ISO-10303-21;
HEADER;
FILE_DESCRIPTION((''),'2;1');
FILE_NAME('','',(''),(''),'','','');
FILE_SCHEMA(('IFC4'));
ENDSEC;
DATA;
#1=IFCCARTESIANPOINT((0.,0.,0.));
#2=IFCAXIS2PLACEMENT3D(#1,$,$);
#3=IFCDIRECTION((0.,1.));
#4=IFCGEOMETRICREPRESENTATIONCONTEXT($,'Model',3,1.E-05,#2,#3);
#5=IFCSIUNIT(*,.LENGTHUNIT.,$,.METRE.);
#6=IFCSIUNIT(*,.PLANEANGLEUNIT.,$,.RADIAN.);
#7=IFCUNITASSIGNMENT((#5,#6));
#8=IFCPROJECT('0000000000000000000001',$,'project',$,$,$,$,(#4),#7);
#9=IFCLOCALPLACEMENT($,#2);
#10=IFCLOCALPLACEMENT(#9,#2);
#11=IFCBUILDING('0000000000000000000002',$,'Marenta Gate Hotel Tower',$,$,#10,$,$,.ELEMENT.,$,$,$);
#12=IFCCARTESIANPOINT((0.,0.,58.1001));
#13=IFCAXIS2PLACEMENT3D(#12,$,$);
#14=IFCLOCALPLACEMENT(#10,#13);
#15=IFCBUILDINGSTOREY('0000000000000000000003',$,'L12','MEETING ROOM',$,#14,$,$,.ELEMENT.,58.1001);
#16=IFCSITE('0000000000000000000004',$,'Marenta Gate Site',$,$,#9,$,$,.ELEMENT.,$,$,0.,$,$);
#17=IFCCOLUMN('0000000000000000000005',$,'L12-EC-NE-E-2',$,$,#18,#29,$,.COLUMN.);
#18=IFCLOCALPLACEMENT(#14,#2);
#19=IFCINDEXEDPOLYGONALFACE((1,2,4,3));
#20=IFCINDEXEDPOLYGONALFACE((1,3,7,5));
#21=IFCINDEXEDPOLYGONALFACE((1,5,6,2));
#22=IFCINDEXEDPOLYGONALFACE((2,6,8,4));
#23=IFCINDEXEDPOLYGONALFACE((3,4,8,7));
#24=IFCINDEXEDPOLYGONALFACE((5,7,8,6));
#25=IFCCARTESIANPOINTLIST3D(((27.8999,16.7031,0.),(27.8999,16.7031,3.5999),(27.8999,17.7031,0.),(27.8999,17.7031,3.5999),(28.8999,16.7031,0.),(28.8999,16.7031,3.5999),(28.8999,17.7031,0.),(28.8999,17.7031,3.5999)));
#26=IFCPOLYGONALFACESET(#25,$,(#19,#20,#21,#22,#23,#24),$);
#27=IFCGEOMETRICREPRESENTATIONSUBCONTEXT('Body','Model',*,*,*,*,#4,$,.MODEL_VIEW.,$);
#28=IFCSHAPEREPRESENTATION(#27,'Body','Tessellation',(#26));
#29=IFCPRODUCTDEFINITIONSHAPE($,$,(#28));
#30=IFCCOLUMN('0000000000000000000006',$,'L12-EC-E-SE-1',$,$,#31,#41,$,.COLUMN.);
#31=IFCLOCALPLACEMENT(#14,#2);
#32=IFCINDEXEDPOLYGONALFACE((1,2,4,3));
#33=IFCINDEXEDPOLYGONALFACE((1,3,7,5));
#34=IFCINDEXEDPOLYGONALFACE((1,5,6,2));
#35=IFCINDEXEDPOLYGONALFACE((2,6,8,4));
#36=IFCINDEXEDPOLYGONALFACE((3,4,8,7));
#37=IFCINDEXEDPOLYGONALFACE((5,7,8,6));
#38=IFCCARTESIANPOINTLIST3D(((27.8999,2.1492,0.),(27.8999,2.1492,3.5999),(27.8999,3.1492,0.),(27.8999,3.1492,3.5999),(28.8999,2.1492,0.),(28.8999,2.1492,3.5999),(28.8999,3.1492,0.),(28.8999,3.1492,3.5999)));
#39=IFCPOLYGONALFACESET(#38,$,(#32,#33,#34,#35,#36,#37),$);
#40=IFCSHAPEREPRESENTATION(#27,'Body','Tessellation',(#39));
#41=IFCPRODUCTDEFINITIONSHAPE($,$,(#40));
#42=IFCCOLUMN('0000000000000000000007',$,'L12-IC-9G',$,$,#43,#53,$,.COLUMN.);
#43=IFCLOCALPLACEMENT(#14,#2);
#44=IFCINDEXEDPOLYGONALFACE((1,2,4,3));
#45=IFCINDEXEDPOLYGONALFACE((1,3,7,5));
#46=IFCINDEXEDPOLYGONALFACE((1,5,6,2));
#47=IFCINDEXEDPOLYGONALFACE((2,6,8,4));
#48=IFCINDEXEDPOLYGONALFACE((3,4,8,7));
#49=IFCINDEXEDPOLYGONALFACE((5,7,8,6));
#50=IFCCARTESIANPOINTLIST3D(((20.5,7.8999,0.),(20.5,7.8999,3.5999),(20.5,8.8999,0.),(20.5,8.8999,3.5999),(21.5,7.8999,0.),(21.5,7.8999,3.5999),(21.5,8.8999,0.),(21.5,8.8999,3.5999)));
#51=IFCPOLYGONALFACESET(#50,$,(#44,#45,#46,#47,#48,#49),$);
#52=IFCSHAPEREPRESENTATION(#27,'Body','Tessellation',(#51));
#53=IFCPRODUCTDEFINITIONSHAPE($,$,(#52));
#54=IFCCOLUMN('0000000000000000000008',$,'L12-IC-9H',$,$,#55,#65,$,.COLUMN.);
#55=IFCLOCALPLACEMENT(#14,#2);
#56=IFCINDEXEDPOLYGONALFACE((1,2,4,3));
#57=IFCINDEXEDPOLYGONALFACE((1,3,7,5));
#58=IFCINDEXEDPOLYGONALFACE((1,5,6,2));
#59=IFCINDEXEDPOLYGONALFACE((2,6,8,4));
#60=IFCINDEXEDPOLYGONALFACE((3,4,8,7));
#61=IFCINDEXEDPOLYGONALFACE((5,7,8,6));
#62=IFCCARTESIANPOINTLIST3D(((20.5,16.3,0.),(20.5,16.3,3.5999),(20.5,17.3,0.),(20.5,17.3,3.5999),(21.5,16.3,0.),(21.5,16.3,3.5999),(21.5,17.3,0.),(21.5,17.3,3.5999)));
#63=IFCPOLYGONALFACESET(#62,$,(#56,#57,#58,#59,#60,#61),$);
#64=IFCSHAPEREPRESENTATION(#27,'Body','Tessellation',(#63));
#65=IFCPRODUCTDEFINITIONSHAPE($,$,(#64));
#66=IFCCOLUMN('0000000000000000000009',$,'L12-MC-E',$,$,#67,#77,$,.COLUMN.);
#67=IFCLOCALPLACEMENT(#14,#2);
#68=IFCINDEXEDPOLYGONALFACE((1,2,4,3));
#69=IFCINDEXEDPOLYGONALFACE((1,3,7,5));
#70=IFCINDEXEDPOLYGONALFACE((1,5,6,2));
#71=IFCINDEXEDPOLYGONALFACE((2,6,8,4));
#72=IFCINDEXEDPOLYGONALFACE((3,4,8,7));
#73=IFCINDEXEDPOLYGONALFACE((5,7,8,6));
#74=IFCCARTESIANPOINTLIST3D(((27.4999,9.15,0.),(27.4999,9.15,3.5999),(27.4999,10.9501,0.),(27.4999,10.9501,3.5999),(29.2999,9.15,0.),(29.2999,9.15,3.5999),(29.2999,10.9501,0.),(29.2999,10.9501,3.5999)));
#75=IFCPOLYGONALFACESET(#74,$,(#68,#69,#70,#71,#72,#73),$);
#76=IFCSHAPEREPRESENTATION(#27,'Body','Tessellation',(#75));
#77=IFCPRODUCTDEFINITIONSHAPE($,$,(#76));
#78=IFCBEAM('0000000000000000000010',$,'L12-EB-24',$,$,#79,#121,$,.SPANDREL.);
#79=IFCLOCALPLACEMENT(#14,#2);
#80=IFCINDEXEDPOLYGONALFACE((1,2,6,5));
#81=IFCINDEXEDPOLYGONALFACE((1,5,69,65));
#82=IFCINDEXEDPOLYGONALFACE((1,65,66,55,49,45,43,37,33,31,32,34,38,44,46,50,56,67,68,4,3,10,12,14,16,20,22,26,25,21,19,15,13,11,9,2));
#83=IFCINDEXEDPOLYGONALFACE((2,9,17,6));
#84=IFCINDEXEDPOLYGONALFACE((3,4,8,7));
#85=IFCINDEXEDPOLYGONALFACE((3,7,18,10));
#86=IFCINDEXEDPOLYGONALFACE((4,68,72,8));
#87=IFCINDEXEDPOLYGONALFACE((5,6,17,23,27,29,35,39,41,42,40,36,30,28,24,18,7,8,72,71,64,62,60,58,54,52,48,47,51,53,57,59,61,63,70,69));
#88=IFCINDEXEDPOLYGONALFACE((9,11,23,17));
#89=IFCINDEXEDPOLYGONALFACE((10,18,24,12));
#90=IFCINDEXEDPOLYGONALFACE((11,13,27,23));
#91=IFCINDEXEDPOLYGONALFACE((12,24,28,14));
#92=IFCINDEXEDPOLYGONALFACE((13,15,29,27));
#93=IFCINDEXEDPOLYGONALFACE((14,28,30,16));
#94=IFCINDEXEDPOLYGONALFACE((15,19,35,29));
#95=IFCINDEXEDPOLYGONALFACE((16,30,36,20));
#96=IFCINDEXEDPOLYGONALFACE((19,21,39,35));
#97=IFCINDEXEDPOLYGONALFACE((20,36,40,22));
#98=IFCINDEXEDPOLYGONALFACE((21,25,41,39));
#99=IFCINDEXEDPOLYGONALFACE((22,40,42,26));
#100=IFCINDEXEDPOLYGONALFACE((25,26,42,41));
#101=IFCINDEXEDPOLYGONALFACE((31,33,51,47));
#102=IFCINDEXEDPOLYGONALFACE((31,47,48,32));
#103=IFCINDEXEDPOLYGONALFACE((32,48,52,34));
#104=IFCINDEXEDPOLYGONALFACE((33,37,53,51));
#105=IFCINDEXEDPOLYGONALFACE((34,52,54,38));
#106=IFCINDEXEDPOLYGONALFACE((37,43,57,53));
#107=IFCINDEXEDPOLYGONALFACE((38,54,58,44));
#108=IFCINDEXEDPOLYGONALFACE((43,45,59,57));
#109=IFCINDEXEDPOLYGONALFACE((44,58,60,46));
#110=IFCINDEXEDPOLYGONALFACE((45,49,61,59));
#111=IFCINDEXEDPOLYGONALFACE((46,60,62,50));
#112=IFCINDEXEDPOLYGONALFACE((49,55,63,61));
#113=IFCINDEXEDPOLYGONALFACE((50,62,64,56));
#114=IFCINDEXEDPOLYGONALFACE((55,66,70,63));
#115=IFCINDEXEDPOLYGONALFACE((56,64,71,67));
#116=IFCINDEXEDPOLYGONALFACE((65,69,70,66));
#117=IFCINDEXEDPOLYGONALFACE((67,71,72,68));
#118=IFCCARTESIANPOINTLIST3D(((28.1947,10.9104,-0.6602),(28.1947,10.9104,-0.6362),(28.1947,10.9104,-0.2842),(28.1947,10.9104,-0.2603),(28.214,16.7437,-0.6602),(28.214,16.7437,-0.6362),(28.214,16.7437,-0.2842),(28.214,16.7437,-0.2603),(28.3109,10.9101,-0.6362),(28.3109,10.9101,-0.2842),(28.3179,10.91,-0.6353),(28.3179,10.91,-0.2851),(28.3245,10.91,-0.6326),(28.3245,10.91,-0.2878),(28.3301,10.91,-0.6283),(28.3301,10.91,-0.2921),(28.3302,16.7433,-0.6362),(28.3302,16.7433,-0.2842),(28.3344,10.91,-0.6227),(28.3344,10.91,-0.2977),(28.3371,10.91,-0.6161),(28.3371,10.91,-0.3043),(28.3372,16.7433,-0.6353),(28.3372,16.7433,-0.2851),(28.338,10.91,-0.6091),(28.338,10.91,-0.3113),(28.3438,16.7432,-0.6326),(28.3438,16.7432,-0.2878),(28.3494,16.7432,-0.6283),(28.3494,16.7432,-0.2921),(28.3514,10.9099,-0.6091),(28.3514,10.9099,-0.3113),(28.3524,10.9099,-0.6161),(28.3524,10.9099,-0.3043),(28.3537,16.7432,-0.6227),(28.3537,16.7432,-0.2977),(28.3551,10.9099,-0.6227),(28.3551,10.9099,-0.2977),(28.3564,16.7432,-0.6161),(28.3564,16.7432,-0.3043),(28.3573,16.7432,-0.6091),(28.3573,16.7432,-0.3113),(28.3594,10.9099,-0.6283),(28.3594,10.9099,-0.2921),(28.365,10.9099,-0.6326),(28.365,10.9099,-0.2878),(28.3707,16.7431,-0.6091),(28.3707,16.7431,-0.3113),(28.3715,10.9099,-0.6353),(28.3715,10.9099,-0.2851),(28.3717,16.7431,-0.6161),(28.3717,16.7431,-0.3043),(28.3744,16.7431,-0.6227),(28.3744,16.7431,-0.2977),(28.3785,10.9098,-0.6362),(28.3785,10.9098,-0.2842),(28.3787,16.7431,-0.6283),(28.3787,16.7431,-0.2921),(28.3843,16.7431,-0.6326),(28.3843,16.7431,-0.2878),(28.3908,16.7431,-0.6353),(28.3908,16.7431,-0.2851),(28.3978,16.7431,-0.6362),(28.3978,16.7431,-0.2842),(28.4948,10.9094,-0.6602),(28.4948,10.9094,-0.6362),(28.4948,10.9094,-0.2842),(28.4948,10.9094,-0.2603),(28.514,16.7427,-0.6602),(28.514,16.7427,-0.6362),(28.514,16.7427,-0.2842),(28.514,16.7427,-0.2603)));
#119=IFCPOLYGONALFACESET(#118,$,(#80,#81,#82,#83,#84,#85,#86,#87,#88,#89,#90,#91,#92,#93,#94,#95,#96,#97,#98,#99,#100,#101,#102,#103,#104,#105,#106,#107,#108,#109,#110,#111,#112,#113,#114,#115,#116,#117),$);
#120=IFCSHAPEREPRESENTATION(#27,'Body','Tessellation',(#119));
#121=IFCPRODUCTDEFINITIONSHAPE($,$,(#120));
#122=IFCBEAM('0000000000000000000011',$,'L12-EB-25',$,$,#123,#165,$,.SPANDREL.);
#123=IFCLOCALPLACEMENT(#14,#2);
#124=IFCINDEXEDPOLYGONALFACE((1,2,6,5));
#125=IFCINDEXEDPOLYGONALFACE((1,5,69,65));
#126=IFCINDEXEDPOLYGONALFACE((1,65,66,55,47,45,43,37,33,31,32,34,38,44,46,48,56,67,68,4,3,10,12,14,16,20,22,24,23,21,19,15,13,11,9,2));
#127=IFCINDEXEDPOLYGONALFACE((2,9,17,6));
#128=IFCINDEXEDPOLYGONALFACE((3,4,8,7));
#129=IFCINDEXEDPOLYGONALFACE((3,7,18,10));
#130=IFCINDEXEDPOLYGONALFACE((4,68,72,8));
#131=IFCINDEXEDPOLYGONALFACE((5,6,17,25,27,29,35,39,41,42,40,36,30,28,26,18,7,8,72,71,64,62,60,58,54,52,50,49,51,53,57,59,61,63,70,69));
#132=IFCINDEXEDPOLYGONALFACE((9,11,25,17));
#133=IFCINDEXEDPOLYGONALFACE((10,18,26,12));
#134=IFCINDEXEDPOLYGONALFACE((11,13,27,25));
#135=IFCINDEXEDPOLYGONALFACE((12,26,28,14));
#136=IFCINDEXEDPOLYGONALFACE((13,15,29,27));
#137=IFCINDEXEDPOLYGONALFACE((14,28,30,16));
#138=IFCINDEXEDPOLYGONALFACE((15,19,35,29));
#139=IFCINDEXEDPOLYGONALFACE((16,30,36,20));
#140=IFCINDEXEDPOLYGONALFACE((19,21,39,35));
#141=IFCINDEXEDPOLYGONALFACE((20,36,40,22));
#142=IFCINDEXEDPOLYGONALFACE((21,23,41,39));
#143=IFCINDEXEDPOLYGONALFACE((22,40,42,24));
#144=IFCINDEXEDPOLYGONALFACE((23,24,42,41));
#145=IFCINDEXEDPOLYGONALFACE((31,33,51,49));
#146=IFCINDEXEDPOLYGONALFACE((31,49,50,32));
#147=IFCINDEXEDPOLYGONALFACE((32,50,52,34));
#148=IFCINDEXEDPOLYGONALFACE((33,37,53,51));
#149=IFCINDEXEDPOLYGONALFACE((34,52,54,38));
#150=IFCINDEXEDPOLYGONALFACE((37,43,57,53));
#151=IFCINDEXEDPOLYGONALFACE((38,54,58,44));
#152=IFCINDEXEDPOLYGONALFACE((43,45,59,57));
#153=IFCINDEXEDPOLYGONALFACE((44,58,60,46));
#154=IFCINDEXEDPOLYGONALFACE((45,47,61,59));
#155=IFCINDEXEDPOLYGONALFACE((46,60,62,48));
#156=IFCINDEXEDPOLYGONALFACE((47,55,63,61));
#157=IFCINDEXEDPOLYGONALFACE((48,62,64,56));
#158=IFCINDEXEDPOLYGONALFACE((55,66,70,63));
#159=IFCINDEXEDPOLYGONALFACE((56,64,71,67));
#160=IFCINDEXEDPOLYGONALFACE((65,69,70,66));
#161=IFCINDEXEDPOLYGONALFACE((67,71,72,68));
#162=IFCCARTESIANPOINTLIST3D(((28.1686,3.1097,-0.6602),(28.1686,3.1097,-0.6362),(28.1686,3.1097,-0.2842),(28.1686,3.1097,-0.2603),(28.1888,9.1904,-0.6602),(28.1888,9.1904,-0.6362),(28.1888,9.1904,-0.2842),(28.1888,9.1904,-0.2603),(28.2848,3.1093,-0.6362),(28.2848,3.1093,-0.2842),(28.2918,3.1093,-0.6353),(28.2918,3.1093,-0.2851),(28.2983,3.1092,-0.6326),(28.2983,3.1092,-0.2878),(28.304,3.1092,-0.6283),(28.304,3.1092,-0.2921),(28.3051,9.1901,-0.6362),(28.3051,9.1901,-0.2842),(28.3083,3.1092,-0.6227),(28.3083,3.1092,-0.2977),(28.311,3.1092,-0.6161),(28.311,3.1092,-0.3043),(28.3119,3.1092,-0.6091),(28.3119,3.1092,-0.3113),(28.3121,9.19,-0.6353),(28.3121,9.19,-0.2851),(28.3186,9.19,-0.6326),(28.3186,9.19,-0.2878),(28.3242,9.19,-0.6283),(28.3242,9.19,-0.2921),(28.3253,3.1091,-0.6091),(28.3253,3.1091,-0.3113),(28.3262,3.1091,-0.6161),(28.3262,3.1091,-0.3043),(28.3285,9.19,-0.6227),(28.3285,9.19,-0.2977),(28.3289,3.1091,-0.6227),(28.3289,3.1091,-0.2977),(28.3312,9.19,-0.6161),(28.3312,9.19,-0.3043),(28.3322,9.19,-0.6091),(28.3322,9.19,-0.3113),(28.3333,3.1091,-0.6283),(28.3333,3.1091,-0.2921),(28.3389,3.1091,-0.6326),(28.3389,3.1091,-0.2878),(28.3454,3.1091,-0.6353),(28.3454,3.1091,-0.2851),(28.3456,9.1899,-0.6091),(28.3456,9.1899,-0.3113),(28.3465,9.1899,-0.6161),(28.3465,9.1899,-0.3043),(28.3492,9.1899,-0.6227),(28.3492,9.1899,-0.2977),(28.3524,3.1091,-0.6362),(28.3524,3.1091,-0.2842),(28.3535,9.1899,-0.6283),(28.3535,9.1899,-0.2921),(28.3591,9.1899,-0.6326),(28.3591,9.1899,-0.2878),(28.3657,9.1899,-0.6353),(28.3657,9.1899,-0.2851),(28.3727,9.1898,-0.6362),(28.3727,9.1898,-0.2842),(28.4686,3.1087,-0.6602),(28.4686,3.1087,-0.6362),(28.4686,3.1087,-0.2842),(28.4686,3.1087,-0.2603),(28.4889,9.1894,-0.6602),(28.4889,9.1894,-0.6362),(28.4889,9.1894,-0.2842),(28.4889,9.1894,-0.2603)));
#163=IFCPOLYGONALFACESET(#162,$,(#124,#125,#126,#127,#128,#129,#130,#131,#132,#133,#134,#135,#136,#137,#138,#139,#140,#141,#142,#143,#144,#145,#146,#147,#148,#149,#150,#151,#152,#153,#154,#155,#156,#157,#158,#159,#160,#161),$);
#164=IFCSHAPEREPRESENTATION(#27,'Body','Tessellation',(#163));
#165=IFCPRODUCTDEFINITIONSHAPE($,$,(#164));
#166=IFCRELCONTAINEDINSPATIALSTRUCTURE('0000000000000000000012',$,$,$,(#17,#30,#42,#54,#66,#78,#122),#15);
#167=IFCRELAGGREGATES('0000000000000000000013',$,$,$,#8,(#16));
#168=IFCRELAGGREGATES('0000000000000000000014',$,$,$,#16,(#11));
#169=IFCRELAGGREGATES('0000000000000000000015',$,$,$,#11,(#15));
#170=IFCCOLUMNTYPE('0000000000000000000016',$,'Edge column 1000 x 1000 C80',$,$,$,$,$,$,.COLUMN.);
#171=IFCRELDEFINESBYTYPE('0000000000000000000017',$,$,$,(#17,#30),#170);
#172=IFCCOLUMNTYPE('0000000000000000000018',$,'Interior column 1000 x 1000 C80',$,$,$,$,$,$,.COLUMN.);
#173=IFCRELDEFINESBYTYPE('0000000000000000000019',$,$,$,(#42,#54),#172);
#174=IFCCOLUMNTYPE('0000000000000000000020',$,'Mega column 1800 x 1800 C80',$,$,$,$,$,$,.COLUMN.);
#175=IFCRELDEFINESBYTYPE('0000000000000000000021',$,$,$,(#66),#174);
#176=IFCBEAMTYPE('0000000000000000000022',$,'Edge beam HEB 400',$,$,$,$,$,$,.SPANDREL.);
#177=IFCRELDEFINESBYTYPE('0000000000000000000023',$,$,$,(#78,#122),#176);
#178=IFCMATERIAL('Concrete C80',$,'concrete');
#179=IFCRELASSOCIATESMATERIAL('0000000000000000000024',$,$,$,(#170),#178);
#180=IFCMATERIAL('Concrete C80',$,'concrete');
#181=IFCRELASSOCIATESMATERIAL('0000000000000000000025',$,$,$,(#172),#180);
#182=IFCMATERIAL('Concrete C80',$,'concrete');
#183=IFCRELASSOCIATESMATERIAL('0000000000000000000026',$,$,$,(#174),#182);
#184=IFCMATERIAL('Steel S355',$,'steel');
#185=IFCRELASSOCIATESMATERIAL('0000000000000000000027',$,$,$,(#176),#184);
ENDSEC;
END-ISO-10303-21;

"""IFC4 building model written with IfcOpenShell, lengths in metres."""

from ifc_helpers import new_model, si_unit, direction, frame, origin, origin_2d, place, context, subcontext, project, spatial, rectangle, i_section, extrude, material, material_profile, profile_set, type_object, element, save


model = new_model("IFC4")

# Units and contexts
model_context = context("Model", 3, precision=1e-05, world=origin(), true_north=direction((0.0, 1.0)))
body_context = subcontext(model_context, "Body", "Model", "MODEL_VIEW")
ifc_project = project(units=[si_unit("LENGTHUNIT", "METRE"), si_unit("PLANEANGLEUNIT", "RADIAN")], contexts=[model_context])

# Site, building, storey
site_placement = place(None, origin())
site = spatial("IfcSite", under=ifc_project, at=site_placement, Name="Marenta Gate Site", CompositionType="ELEMENT", RefElevation=0.0)
building_placement = place(site_placement, origin())
building = spatial("IfcBuilding", under=site, at=building_placement, Name="Marenta Gate Hotel Tower", CompositionType="ELEMENT")
storey_placement = place(building_placement, frame((0.0, 0.0, 58.1001)))
storey = spatial("IfcBuildingStorey", under=building, at=storey_placement, Name="L12", Description="MEETING ROOM", CompositionType="ELEMENT", Elevation=58.1001)

# Columns
ifc_material_1 = material(Name="Concrete C80", Category="concrete")
ifc_material_profile_1 = material_profile(ifc_material_1, rectangle(XDim=1.0, YDim=1.0, at=origin_2d()), Name="1000 x 1000")
ifc_profile_set_1 = profile_set([ifc_material_profile_1], Name="Concrete C80")
column_type_1 = type_object("IfcColumnType", Name="Edge column 1000 x 1000 C80", PredefinedType="COLUMN", material=ifc_profile_set_1)
for number, where, z_axis, x_axis, name in (
    (1, (28.3999, 17.2031, 0.0), (0.0, 0.0, 1.0), (1.0, 0.0, 0.0), "L12-EC-NE-E-2"),
    (2, (28.3999, 2.6492, 0.0), (0.0, 0.0, 1.0), (1.0, 0.0, 0.0), "L12-EC-E-SE-1"),
):
    element("IfcColumn", number, at=place(storey_placement, frame(where, z_axis=z_axis, x_axis=x_axis)), inside=storey, type_object=column_type_1, Name=name, PredefinedType="COLUMN", context=body_context, shape_type="SweptSolid", body=[
        extrude(rectangle(XDim=1.0, YDim=1.0, at=origin_2d()), origin(), (0.0, 0.0, 1.0), 3.5999),
    ])
ifc_material_2 = material(Name="Concrete C80", Category="concrete")
ifc_material_profile_2 = material_profile(ifc_material_2, rectangle(XDim=1.0, YDim=1.0, at=origin_2d()), Name="1000 x 1000")
ifc_profile_set_2 = profile_set([ifc_material_profile_2], Name="Concrete C80")
column_type_2 = type_object("IfcColumnType", Name="Interior column 1000 x 1000 C80", PredefinedType="COLUMN", material=ifc_profile_set_2)
for number, where, z_axis, x_axis, name in (
    (3, (21.0, 8.3999, 0.0), (0.0, 0.0, 1.0), (1.0, 0.0, 0.0), "L12-IC-9G"),
    (4, (21.0, 16.8, 0.0), (0.0, 0.0, 1.0), (1.0, 0.0, 0.0), "L12-IC-9H"),
):
    element("IfcColumn", number, at=place(storey_placement, frame(where, z_axis=z_axis, x_axis=x_axis)), inside=storey, type_object=column_type_2, Name=name, PredefinedType="COLUMN", context=body_context, shape_type="SweptSolid", body=[
        extrude(rectangle(XDim=1.0, YDim=1.0, at=origin_2d()), origin(), (0.0, 0.0, 1.0), 3.5999),
    ])
ifc_material_3 = material(Name="Concrete C80", Category="concrete")
ifc_material_profile_3 = material_profile(ifc_material_3, rectangle(XDim=1.8, YDim=1.8, at=origin_2d()), Name="1800 x 1800")
ifc_profile_set_3 = profile_set([ifc_material_profile_3], Name="Concrete C80")
column_type_3 = type_object("IfcColumnType", Name="Mega column 1800 x 1800 C80", PredefinedType="COLUMN", material=ifc_profile_set_3)
column_placement = place(storey_placement, frame((28.3999, 10.05, 0.0), z_axis=(0.0, 0.0, 1.0), x_axis=(1.0, 0.0, 0.0)))
element("IfcColumn", 5, at=column_placement, inside=storey, type_object=column_type_3, Name="L12-MC-E", PredefinedType="COLUMN", context=body_context, shape_type="SweptSolid", body=[
    extrude(rectangle(XDim=1.8, YDim=1.8, at=origin_2d()), origin(), (0.0, 0.0, 1.0), 3.5999),
])

# Beams
ifc_material_4 = material(Name="Steel S355", Category="steel")
ifc_material_profile_4 = material_profile(ifc_material_4, i_section(OverallWidth=0.3, OverallDepth=0.3999, WebThickness=0.0134, FlangeThickness=0.0239, FilletRadius=0.0271, at=origin_2d()), Name="HEB 400")
ifc_profile_set_4 = profile_set([ifc_material_profile_4], Name="Steel S355")
beam_type_1 = type_object("IfcBeamType", Name="Edge beam HEB 400", PredefinedType="SPANDREL", material=ifc_profile_set_4)
beam_1_placement = place(storey_placement, frame((28.364, 16.7432, -0.4602), z_axis=(-0.003306, -0.999995, 0.0), x_axis=(0.999995, -0.003306, 0.0)))
element("IfcBeam", 6, at=beam_1_placement, inside=storey, type_object=beam_type_1, Name="L12-EB-24", PredefinedType="SPANDREL", context=body_context, shape_type="SweptSolid", body=[
    extrude(i_section(OverallWidth=0.3, OverallDepth=0.3999, WebThickness=0.0134, FlangeThickness=0.0239, FilletRadius=0.0271, at=origin_2d()), origin(), (0.0, 0.0, 1.0), 5.8333),
])
beam_2_placement = place(storey_placement, frame((28.3389, 9.1899, -0.4602), z_axis=(-0.003332, -0.999994, 0.0), x_axis=(0.999994, -0.003332, 0.0)))
element("IfcBeam", 7, at=beam_2_placement, inside=storey, type_object=beam_type_1, Name="L12-EB-25", PredefinedType="SPANDREL", context=body_context, shape_type="SweptSolid", body=[
    extrude(i_section(OverallWidth=0.3, OverallDepth=0.3999, WebThickness=0.0134, FlangeThickness=0.0239, FilletRadius=0.0271, at=origin_2d()), origin(), (0.0, 0.0, 1.0), 6.0808),
])

save(model, "model.ifc")
